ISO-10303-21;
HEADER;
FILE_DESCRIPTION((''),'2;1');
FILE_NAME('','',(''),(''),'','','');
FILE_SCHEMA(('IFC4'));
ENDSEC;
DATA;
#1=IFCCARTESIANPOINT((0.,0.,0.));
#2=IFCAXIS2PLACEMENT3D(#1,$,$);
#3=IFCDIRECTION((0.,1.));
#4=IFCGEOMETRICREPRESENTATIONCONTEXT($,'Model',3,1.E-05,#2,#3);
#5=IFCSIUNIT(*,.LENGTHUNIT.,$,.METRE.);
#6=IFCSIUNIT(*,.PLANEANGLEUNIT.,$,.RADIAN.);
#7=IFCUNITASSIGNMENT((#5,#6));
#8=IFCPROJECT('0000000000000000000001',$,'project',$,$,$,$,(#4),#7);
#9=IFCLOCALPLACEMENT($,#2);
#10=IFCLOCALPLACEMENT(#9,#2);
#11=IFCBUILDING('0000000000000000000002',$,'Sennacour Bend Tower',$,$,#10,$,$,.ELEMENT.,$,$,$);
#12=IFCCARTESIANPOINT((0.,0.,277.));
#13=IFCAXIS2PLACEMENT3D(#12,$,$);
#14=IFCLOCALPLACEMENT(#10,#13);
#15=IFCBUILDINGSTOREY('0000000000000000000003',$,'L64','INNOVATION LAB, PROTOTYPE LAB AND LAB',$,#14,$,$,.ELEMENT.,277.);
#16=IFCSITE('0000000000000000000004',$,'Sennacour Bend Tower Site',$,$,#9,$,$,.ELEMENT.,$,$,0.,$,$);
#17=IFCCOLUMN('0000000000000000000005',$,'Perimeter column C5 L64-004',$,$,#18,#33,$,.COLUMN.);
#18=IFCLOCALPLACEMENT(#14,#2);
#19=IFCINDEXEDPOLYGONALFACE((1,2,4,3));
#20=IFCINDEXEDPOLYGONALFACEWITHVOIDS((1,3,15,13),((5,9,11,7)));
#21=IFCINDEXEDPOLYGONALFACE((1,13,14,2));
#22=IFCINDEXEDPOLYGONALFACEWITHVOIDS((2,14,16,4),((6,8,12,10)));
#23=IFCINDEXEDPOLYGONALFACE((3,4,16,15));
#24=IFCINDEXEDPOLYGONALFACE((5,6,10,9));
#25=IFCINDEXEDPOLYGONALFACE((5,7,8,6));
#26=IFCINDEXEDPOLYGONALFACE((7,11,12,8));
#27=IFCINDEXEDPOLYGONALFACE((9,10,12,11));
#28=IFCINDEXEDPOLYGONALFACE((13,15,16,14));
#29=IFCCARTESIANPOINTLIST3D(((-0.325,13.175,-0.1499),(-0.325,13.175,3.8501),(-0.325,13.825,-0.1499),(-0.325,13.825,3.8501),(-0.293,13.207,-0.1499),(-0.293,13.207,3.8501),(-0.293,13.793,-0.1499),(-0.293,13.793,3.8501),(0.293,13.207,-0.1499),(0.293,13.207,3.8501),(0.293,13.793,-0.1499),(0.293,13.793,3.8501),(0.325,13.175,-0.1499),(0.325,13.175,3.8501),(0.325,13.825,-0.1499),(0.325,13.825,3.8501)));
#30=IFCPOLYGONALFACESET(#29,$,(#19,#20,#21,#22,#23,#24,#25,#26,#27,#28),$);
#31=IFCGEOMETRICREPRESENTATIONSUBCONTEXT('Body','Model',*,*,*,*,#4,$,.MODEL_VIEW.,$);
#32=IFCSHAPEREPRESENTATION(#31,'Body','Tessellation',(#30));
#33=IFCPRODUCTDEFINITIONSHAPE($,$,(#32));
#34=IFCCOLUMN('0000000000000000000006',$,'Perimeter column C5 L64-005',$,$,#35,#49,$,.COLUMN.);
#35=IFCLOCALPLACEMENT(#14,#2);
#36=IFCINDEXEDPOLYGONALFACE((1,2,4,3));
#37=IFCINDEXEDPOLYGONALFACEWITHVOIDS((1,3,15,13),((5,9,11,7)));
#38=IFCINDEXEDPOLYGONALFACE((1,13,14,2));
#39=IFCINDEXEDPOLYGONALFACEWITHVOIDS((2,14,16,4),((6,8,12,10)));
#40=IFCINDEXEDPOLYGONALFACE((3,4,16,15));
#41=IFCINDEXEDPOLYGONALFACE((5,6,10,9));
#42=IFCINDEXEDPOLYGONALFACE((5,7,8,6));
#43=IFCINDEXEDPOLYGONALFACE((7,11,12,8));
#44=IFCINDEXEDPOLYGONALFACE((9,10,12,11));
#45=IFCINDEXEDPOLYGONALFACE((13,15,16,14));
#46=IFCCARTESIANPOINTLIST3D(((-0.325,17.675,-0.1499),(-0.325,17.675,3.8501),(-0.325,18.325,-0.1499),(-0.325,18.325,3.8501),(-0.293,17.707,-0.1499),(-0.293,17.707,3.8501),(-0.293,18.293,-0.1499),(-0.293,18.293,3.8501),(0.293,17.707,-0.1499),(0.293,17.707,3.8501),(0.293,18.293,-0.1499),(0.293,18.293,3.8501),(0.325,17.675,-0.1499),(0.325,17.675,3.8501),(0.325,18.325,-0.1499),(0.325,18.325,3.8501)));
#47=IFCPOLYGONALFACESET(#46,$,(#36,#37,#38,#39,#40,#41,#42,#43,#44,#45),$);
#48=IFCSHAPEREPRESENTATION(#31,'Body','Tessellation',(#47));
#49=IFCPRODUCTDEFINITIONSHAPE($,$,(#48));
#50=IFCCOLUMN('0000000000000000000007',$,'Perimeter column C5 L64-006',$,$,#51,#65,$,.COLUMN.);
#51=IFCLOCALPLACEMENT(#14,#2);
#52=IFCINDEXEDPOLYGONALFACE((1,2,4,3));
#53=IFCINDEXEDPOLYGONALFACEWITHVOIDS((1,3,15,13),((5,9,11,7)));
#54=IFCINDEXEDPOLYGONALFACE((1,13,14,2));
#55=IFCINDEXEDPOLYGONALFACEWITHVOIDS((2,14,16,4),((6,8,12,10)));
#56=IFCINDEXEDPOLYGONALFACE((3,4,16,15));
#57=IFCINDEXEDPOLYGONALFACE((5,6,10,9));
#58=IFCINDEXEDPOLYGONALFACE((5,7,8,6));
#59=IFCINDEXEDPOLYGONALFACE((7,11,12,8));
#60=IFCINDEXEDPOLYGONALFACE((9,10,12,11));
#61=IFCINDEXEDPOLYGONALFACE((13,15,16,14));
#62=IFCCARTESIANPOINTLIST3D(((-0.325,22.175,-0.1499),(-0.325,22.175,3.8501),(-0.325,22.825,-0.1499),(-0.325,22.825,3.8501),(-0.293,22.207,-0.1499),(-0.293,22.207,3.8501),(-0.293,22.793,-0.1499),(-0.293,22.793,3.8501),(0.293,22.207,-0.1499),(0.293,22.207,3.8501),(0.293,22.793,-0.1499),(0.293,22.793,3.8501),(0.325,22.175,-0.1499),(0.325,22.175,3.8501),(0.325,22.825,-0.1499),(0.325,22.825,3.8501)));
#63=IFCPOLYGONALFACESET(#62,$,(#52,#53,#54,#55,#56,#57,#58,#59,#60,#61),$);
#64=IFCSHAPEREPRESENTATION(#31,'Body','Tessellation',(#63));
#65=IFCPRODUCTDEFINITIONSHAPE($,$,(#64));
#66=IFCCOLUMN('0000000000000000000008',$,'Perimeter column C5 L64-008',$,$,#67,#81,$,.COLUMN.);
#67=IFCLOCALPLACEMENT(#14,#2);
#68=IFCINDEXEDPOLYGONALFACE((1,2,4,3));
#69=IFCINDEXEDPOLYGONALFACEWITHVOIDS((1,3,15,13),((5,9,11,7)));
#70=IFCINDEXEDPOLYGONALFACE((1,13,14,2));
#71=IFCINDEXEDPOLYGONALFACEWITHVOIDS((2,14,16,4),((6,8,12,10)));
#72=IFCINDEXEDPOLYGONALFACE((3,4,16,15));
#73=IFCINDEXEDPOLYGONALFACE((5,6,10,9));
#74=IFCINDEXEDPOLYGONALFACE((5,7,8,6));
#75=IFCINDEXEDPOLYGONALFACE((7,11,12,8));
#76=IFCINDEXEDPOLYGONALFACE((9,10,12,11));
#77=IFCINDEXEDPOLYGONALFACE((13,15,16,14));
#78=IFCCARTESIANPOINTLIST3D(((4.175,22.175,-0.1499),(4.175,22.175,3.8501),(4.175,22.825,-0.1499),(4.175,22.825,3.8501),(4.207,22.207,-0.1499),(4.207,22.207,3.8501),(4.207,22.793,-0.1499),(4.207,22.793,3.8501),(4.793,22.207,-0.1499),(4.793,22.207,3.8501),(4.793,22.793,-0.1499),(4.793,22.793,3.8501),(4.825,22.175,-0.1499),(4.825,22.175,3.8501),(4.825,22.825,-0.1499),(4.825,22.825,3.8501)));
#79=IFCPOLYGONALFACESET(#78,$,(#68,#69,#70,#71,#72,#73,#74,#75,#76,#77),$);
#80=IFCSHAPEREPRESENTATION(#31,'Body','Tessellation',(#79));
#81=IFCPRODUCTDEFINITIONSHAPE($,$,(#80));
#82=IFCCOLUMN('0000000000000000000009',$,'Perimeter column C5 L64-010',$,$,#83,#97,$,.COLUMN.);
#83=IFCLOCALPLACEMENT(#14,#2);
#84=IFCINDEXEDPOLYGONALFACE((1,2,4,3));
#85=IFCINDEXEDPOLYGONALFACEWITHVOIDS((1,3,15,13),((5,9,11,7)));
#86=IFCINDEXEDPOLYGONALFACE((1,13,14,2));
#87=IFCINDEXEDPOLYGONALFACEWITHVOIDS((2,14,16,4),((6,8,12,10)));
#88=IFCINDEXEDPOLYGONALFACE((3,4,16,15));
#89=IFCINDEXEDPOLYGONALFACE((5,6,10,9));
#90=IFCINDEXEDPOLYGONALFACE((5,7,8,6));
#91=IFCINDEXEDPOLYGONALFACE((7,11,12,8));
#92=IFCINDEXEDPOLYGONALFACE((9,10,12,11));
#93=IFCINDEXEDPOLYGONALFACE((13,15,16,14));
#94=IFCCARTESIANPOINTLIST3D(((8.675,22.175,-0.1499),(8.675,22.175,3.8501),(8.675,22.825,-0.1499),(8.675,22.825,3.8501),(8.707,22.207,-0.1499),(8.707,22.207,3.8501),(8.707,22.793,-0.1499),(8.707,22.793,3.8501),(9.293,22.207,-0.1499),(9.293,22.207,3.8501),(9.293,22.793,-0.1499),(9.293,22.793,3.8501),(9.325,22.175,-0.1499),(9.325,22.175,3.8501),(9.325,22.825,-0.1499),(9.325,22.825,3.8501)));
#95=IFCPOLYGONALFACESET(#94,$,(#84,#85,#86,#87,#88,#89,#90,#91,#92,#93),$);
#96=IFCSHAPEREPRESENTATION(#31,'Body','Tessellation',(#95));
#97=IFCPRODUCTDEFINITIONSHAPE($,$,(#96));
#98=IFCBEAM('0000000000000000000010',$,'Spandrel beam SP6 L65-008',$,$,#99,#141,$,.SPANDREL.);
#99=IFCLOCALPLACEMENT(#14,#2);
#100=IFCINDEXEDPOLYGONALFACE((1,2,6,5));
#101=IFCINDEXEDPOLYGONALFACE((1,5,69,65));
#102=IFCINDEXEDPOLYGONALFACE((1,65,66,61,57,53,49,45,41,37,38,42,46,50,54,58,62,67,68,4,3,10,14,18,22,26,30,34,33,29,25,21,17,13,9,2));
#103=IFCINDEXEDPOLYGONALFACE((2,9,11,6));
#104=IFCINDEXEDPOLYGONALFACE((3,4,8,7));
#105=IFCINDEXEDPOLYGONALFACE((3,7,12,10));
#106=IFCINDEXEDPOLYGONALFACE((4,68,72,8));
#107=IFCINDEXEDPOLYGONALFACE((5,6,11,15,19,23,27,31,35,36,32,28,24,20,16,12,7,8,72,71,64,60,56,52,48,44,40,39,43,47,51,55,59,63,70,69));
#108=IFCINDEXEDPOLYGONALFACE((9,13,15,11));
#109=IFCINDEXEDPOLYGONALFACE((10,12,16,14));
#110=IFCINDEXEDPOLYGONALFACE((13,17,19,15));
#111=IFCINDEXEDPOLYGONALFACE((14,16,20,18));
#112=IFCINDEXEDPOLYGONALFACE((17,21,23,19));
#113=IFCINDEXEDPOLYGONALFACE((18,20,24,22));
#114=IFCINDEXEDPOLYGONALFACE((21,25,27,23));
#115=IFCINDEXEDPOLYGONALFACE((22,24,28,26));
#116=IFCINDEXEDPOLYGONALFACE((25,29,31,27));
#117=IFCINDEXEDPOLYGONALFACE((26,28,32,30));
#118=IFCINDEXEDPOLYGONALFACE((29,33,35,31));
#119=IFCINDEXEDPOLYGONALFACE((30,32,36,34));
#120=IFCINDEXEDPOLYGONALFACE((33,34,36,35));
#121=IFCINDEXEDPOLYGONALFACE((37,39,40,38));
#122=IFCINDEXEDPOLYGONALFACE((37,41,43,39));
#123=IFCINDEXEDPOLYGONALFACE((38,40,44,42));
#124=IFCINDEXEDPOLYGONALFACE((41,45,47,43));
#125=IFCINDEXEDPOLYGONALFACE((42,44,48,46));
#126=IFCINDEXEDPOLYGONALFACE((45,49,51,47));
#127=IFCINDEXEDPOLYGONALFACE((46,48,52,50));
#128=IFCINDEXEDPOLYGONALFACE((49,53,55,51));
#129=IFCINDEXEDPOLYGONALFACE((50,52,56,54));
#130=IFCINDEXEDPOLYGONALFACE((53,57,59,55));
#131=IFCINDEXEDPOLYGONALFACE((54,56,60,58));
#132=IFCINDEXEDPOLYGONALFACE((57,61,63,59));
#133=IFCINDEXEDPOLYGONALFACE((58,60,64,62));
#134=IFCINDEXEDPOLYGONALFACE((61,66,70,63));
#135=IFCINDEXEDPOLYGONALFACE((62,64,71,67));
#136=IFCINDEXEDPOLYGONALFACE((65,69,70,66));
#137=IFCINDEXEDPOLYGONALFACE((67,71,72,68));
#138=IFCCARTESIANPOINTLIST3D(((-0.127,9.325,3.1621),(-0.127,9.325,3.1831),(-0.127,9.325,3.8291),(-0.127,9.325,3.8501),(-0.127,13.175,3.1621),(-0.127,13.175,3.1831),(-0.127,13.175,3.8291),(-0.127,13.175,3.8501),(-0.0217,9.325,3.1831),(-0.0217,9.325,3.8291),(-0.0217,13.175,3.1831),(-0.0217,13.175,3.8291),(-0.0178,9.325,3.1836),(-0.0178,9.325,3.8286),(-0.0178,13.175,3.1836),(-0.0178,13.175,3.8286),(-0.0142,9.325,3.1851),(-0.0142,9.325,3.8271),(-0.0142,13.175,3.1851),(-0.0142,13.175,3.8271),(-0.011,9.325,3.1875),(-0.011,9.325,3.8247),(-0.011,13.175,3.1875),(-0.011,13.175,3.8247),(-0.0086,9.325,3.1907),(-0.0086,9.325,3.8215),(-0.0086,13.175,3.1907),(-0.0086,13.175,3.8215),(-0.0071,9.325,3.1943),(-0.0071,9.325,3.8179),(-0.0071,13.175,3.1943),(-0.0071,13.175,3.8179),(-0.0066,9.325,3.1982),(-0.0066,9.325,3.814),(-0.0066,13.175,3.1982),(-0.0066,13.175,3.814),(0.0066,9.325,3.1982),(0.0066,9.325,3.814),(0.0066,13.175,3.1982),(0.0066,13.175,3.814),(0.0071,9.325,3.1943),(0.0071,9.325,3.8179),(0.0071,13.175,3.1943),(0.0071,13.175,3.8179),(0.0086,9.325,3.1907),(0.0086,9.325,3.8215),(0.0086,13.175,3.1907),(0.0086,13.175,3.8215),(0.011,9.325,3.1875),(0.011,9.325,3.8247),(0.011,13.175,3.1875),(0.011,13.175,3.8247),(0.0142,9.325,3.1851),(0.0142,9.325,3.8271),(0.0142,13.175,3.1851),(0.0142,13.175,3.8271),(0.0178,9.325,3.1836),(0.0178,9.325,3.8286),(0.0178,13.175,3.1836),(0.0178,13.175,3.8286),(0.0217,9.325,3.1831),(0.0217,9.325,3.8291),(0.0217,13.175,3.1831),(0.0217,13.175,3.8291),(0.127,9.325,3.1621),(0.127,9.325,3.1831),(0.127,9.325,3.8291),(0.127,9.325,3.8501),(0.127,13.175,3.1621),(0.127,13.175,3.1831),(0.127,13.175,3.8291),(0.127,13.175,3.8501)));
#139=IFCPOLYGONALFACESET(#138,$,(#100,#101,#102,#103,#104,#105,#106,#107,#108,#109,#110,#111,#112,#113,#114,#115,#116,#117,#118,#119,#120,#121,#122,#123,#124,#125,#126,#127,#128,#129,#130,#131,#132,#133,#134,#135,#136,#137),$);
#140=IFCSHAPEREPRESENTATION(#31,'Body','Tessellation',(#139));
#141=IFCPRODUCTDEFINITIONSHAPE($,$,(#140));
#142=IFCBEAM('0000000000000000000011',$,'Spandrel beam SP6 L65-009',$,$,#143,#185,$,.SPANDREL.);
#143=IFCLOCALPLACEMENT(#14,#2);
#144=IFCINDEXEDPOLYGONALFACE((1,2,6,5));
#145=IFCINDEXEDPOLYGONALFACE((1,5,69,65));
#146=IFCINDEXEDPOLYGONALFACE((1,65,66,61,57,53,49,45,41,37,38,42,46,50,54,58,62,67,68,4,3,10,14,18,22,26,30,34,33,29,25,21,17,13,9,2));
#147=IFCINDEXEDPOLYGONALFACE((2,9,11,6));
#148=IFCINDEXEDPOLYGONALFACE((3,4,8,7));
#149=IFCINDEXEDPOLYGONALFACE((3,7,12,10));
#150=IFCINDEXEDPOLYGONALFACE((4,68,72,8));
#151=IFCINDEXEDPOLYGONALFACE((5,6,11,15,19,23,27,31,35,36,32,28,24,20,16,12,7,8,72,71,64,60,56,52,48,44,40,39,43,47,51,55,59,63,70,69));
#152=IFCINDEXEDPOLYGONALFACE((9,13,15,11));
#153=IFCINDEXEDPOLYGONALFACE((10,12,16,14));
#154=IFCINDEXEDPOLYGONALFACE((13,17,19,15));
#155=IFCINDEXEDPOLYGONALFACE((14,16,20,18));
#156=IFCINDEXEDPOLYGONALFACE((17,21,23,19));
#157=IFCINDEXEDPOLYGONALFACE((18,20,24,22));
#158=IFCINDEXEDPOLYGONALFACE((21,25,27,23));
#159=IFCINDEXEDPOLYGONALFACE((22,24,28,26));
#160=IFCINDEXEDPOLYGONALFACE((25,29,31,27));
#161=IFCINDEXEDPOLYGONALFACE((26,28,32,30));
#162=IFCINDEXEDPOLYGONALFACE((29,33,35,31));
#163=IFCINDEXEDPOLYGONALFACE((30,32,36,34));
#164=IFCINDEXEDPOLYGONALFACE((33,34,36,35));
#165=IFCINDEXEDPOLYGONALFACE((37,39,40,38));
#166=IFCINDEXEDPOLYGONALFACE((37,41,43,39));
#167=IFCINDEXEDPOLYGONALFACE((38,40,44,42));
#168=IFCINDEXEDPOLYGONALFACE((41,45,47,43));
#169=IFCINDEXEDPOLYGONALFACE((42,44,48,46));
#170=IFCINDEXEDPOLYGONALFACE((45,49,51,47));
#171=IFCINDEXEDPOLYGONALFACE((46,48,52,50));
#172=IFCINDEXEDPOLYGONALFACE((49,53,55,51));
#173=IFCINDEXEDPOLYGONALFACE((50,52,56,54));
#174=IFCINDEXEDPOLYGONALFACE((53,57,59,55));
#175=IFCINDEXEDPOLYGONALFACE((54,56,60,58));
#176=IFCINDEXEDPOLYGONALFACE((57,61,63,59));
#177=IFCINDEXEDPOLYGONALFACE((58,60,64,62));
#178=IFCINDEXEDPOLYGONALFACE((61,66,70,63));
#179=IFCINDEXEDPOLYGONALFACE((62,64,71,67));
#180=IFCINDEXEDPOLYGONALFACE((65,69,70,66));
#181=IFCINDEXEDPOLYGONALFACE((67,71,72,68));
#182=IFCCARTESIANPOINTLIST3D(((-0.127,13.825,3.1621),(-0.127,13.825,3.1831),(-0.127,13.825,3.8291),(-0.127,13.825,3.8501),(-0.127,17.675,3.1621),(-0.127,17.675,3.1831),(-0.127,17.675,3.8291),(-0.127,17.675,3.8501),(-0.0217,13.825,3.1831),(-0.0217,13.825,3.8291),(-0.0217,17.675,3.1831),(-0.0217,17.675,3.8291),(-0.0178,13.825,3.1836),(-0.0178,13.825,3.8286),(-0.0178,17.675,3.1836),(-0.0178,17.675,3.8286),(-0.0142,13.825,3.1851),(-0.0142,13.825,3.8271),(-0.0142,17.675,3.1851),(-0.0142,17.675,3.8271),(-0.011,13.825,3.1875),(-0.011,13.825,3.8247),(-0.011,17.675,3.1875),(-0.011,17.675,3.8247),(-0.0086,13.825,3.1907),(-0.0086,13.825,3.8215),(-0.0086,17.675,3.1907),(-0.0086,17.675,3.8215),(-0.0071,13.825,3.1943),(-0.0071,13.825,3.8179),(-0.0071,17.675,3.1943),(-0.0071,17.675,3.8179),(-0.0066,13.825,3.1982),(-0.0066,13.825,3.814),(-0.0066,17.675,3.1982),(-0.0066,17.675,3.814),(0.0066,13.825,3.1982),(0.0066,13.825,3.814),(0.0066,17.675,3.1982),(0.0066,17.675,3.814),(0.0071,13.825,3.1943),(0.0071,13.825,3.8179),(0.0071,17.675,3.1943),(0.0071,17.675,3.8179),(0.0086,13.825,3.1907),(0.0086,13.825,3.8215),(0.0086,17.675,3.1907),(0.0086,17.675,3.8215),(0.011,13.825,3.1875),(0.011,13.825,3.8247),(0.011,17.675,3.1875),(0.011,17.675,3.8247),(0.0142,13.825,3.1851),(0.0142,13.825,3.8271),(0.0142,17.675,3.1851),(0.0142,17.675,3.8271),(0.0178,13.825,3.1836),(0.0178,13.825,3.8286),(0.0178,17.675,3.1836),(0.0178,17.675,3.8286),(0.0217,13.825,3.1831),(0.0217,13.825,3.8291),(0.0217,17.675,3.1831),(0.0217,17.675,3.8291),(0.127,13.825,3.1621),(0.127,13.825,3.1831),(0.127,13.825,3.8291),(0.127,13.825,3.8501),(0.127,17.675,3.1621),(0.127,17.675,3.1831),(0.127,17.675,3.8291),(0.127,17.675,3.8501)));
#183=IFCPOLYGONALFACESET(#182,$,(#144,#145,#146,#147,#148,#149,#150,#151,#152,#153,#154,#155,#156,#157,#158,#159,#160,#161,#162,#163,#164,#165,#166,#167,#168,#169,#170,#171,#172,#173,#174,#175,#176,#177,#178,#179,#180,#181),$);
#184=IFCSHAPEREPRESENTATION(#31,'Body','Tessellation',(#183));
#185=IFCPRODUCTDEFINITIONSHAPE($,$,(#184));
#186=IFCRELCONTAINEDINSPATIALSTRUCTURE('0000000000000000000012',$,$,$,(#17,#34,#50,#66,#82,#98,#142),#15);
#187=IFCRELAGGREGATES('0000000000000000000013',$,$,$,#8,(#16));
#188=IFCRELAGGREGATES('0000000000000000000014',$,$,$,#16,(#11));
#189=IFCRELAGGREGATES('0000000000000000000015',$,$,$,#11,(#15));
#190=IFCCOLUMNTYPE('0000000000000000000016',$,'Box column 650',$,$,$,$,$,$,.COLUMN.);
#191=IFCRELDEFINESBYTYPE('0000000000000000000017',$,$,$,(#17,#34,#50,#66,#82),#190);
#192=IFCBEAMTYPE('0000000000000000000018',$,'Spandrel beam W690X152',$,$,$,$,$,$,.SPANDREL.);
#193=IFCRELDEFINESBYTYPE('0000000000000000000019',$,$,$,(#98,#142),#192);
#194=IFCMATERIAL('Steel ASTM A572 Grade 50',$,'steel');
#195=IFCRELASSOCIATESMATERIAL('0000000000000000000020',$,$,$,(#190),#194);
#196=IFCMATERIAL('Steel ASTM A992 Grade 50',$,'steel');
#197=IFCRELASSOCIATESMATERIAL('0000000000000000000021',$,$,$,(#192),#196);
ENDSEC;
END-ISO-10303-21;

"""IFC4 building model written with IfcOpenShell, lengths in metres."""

from ifc_helpers import new_model, si_unit, direction, frame, origin, origin_2d, place, context, subcontext, project, spatial, hollow_rectangle, i_section, extrude, material, material_profile, profile_set, type_object, element, save


model = new_model("IFC4")

# Units and contexts
model_context = context("Model", 3, precision=1e-05, world=origin(), true_north=direction((0.0, 1.0)))
body_context = subcontext(model_context, "Body", "Model", "MODEL_VIEW")
ifc_project = project(units=[si_unit("LENGTHUNIT", "METRE"), si_unit("PLANEANGLEUNIT", "RADIAN")], contexts=[model_context])

# Site, building, storey
site_placement = place(None, origin())
site = spatial("IfcSite", under=ifc_project, at=site_placement, Name="Sennacour Bend Tower Site", CompositionType="ELEMENT", RefElevation=0.0)
building_placement = place(site_placement, origin())
building = spatial("IfcBuilding", under=site, at=building_placement, Name="Sennacour Bend Tower", CompositionType="ELEMENT")
storey_placement = place(building_placement, frame((0.0, 0.0, 277.0)))
storey = spatial("IfcBuildingStorey", under=building, at=storey_placement, Name="L64", Description="INNOVATION LAB, PROTOTYPE LAB AND LAB", CompositionType="ELEMENT", Elevation=277.0)

# Columns
ifc_material_1 = material(Name="Steel ASTM A572 Grade 50", Category="steel")
ifc_material_profile_1 = material_profile(ifc_material_1, hollow_rectangle(XDim=0.6499, YDim=0.6499, WallThickness=0.032, at=origin_2d()), Name="Steel ASTM A572 Grade 50", Category="steel")
ifc_profile_set_1 = profile_set([ifc_material_profile_1], Name="Steel ASTM A572 Grade 50")
column_type = type_object("IfcColumnType", Name="Box column 650", PredefinedType="COLUMN", material=ifc_profile_set_1)
for number, where, z_axis, x_axis, name in (
    (1, (0.0, 13.5, -0.1499), (0.0, 0.0, 1.0), (1.0, 0.0, 0.0), "Perimeter column C5 L64-004"),
    (2, (0.0, 18.0, -0.1499), (0.0, 0.0, 1.0), (1.0, 0.0, 0.0), "Perimeter column C5 L64-005"),
    (3, (0.0, 22.5, -0.1499), (0.0, 0.0, 1.0), (1.0, 0.0, 0.0), "Perimeter column C5 L64-006"),
    (4, (4.5, 22.5, -0.1499), (0.0, 0.0, 1.0), (1.0, 0.0, 0.0), "Perimeter column C5 L64-008"),
    (5, (9.0, 22.5, -0.1499), (0.0, 0.0, 1.0), (1.0, 0.0, 0.0), "Perimeter column C5 L64-010"),
):
    element("IfcColumn", number, at=place(storey_placement, frame(where, z_axis=z_axis, x_axis=x_axis)), inside=storey, type_object=column_type, Name=name, PredefinedType="COLUMN", context=body_context, shape_type="SweptSolid", body=[
        extrude(hollow_rectangle(XDim=0.6499, YDim=0.6499, WallThickness=0.032, at=origin_2d()), origin(), (0.0, 0.0, 1.0), 4.0),
    ])

# Beams
ifc_material_2 = material(Name="Steel ASTM A992 Grade 50", Category="steel")
ifc_material_profile_2 = material_profile(ifc_material_2, i_section(OverallWidth=0.2539, OverallDepth=0.688, WebThickness=0.0132, FlangeThickness=0.021, FilletRadius=0.0151, at=origin_2d()), Name="Steel ASTM A992 Grade 50", Category="steel")
ifc_profile_set_2 = profile_set([ifc_material_profile_2], Name="Steel ASTM A992 Grade 50")
beam_type = type_object("IfcBeamType", Name="Spandrel beam W690X152", PredefinedType="SPANDREL", material=ifc_profile_set_2)
for number, where, z_axis, x_axis, name in (
    (6, (0.0, 9.325, 3.5061), (0.0, 1.0, 0.0), (-1.0, 0.0, 0.0), "Spandrel beam SP6 L65-008"),
    (7, (0.0, 13.825, 3.5061), (0.0, 1.0, 0.0), (-1.0, 0.0, 0.0), "Spandrel beam SP6 L65-009"),
):
    element("IfcBeam", number, at=place(storey_placement, frame(where, z_axis=z_axis, x_axis=x_axis)), inside=storey, type_object=beam_type, Name=name, PredefinedType="SPANDREL", context=body_context, shape_type="SweptSolid", body=[
        extrude(i_section(OverallWidth=0.2539, OverallDepth=0.688, WebThickness=0.0132, FlangeThickness=0.021, FilletRadius=0.0151, at=origin_2d()), origin(), (0.0, 0.0, 1.0), 3.8501),
    ])

save(model, "model.ifc")
